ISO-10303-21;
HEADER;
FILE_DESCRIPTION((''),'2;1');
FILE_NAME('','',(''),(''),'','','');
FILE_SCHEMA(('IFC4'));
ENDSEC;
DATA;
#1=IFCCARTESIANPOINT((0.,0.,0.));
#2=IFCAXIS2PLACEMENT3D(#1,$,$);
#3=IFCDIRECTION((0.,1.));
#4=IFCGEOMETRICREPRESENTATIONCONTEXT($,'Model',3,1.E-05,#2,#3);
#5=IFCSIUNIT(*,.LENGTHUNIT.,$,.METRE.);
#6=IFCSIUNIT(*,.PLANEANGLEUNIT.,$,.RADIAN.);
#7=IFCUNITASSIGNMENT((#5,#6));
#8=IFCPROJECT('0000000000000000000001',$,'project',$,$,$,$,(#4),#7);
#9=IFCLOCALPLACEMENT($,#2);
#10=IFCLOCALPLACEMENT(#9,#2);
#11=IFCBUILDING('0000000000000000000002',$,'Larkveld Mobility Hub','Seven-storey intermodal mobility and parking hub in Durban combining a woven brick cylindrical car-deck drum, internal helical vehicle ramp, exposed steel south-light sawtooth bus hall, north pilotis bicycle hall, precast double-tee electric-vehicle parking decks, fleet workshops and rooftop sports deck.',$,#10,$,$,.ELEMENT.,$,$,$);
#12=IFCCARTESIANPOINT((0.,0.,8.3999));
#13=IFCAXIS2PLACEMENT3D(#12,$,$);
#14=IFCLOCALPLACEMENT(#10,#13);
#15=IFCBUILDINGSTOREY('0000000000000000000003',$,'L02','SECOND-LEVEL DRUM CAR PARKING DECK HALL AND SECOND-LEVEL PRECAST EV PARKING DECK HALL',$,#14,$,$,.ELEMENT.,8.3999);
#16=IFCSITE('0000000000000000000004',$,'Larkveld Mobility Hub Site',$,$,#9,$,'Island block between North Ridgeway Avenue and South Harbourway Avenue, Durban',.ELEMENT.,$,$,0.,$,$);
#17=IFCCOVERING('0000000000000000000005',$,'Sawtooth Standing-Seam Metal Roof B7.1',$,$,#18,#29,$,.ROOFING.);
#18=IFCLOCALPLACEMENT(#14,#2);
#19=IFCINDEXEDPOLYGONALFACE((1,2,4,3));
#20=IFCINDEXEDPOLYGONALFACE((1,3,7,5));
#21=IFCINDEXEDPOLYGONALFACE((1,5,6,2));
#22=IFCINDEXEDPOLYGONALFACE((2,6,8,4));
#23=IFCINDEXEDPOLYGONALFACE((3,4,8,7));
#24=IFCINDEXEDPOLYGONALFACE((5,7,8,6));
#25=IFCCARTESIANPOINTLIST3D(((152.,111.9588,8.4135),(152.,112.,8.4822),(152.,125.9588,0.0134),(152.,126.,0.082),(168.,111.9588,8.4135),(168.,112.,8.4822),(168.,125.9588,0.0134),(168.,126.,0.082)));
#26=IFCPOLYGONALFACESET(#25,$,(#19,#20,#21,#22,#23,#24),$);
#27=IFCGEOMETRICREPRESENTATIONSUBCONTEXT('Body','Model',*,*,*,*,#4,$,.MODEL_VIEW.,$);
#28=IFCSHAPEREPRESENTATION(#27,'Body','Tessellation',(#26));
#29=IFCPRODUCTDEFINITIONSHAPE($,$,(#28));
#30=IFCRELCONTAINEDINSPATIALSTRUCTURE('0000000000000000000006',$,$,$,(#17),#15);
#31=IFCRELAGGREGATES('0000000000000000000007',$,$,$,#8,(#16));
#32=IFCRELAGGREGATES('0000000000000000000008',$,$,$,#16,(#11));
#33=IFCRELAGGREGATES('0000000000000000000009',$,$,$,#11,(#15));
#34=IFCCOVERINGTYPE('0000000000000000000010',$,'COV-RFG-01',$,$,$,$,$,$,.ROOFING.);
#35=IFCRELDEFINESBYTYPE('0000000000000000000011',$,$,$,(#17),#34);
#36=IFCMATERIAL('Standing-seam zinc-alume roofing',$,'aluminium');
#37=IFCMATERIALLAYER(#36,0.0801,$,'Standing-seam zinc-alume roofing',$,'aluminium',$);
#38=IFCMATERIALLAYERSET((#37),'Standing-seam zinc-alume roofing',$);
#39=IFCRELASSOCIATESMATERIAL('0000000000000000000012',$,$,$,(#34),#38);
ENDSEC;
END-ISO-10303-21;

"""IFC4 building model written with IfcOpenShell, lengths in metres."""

from ifc_helpers import new_model, si_unit, direction, frame, origin, place, context, subcontext, project, spatial, polyline, outline, extrude, material, layer, layer_set, type_object, element, save


model = new_model("IFC4")

# Units and contexts
model_context = context("Model", 3, precision=1e-05, world=origin(), true_north=direction((0.0, 1.0)))
body_context = subcontext(model_context, "Body", "Model", "MODEL_VIEW")
ifc_project = project(units=[si_unit("LENGTHUNIT", "METRE"), si_unit("PLANEANGLEUNIT", "RADIAN")], contexts=[model_context])

# Site, building, storey
site_placement = place(None, origin())
site = spatial("IfcSite", under=ifc_project, at=site_placement, Name="Larkveld Mobility Hub Site", LongName="Island block between North Ridgeway Avenue and South Harbourway Avenue, Durban", CompositionType="ELEMENT", RefElevation=0.0)
building_placement = place(site_placement, origin())
building = spatial("IfcBuilding", under=site, at=building_placement, Name="Larkveld Mobility Hub", Description="Seven-storey intermodal mobility and parking hub in Durban combining a woven brick cylindrical car-deck drum, internal helical vehicle ramp, exposed steel south-light sawtooth bus hall, north pilotis bicycle hall, precast double-tee electric-vehicle parking decks, fleet workshops and rooftop sports deck.", CompositionType="ELEMENT")
storey_placement = place(building_placement, frame((0.0, 0.0, 8.3999)))
storey = spatial("IfcBuildingStorey", under=building, at=storey_placement, Name="L02", Description="SECOND-LEVEL DRUM CAR PARKING DECK HALL AND SECOND-LEVEL PRECAST EV PARKING DECK HALL", CompositionType="ELEMENT", Elevation=8.3999)

# Covering
ifc_material_1 = material(Name="Standing-seam zinc-alume roofing", Category="aluminium")
ifc_layer_1 = layer(ifc_material_1, 0.0801, Name="Standing-seam zinc-alume roofing", Category="aluminium")
ifc_layer_set_1 = layer_set([ifc_layer_1], Name="Standing-seam zinc-alume roofing")
covering_type = type_object("IfcCoveringType", Name="COV-RFG-01", PredefinedType="ROOFING", material=ifc_layer_set_1)
covering_placement = place(storey_placement, frame((152.0, 112.0, 8.4822), z_axis=(0.0, 0.514502, 0.857489), x_axis=(1.0, 0.0, 0.0)))
element("IfcCovering", 1, at=covering_placement, inside=storey, type_object=covering_type, Name="Sawtooth Standing-Seam Metal Roof B7.1", PredefinedType="ROOFING", context=body_context, shape_type="SweptSolid", body=[
    extrude(outline(polyline([(0.0, 0.0), (16.0, 0.0), (16.0, 16.3267), (0.0, 16.3267), (0.0, 0.0)])), origin(), (0.0, 0.0, -1.0), 0.0801),
])

save(model, "model.ifc")
